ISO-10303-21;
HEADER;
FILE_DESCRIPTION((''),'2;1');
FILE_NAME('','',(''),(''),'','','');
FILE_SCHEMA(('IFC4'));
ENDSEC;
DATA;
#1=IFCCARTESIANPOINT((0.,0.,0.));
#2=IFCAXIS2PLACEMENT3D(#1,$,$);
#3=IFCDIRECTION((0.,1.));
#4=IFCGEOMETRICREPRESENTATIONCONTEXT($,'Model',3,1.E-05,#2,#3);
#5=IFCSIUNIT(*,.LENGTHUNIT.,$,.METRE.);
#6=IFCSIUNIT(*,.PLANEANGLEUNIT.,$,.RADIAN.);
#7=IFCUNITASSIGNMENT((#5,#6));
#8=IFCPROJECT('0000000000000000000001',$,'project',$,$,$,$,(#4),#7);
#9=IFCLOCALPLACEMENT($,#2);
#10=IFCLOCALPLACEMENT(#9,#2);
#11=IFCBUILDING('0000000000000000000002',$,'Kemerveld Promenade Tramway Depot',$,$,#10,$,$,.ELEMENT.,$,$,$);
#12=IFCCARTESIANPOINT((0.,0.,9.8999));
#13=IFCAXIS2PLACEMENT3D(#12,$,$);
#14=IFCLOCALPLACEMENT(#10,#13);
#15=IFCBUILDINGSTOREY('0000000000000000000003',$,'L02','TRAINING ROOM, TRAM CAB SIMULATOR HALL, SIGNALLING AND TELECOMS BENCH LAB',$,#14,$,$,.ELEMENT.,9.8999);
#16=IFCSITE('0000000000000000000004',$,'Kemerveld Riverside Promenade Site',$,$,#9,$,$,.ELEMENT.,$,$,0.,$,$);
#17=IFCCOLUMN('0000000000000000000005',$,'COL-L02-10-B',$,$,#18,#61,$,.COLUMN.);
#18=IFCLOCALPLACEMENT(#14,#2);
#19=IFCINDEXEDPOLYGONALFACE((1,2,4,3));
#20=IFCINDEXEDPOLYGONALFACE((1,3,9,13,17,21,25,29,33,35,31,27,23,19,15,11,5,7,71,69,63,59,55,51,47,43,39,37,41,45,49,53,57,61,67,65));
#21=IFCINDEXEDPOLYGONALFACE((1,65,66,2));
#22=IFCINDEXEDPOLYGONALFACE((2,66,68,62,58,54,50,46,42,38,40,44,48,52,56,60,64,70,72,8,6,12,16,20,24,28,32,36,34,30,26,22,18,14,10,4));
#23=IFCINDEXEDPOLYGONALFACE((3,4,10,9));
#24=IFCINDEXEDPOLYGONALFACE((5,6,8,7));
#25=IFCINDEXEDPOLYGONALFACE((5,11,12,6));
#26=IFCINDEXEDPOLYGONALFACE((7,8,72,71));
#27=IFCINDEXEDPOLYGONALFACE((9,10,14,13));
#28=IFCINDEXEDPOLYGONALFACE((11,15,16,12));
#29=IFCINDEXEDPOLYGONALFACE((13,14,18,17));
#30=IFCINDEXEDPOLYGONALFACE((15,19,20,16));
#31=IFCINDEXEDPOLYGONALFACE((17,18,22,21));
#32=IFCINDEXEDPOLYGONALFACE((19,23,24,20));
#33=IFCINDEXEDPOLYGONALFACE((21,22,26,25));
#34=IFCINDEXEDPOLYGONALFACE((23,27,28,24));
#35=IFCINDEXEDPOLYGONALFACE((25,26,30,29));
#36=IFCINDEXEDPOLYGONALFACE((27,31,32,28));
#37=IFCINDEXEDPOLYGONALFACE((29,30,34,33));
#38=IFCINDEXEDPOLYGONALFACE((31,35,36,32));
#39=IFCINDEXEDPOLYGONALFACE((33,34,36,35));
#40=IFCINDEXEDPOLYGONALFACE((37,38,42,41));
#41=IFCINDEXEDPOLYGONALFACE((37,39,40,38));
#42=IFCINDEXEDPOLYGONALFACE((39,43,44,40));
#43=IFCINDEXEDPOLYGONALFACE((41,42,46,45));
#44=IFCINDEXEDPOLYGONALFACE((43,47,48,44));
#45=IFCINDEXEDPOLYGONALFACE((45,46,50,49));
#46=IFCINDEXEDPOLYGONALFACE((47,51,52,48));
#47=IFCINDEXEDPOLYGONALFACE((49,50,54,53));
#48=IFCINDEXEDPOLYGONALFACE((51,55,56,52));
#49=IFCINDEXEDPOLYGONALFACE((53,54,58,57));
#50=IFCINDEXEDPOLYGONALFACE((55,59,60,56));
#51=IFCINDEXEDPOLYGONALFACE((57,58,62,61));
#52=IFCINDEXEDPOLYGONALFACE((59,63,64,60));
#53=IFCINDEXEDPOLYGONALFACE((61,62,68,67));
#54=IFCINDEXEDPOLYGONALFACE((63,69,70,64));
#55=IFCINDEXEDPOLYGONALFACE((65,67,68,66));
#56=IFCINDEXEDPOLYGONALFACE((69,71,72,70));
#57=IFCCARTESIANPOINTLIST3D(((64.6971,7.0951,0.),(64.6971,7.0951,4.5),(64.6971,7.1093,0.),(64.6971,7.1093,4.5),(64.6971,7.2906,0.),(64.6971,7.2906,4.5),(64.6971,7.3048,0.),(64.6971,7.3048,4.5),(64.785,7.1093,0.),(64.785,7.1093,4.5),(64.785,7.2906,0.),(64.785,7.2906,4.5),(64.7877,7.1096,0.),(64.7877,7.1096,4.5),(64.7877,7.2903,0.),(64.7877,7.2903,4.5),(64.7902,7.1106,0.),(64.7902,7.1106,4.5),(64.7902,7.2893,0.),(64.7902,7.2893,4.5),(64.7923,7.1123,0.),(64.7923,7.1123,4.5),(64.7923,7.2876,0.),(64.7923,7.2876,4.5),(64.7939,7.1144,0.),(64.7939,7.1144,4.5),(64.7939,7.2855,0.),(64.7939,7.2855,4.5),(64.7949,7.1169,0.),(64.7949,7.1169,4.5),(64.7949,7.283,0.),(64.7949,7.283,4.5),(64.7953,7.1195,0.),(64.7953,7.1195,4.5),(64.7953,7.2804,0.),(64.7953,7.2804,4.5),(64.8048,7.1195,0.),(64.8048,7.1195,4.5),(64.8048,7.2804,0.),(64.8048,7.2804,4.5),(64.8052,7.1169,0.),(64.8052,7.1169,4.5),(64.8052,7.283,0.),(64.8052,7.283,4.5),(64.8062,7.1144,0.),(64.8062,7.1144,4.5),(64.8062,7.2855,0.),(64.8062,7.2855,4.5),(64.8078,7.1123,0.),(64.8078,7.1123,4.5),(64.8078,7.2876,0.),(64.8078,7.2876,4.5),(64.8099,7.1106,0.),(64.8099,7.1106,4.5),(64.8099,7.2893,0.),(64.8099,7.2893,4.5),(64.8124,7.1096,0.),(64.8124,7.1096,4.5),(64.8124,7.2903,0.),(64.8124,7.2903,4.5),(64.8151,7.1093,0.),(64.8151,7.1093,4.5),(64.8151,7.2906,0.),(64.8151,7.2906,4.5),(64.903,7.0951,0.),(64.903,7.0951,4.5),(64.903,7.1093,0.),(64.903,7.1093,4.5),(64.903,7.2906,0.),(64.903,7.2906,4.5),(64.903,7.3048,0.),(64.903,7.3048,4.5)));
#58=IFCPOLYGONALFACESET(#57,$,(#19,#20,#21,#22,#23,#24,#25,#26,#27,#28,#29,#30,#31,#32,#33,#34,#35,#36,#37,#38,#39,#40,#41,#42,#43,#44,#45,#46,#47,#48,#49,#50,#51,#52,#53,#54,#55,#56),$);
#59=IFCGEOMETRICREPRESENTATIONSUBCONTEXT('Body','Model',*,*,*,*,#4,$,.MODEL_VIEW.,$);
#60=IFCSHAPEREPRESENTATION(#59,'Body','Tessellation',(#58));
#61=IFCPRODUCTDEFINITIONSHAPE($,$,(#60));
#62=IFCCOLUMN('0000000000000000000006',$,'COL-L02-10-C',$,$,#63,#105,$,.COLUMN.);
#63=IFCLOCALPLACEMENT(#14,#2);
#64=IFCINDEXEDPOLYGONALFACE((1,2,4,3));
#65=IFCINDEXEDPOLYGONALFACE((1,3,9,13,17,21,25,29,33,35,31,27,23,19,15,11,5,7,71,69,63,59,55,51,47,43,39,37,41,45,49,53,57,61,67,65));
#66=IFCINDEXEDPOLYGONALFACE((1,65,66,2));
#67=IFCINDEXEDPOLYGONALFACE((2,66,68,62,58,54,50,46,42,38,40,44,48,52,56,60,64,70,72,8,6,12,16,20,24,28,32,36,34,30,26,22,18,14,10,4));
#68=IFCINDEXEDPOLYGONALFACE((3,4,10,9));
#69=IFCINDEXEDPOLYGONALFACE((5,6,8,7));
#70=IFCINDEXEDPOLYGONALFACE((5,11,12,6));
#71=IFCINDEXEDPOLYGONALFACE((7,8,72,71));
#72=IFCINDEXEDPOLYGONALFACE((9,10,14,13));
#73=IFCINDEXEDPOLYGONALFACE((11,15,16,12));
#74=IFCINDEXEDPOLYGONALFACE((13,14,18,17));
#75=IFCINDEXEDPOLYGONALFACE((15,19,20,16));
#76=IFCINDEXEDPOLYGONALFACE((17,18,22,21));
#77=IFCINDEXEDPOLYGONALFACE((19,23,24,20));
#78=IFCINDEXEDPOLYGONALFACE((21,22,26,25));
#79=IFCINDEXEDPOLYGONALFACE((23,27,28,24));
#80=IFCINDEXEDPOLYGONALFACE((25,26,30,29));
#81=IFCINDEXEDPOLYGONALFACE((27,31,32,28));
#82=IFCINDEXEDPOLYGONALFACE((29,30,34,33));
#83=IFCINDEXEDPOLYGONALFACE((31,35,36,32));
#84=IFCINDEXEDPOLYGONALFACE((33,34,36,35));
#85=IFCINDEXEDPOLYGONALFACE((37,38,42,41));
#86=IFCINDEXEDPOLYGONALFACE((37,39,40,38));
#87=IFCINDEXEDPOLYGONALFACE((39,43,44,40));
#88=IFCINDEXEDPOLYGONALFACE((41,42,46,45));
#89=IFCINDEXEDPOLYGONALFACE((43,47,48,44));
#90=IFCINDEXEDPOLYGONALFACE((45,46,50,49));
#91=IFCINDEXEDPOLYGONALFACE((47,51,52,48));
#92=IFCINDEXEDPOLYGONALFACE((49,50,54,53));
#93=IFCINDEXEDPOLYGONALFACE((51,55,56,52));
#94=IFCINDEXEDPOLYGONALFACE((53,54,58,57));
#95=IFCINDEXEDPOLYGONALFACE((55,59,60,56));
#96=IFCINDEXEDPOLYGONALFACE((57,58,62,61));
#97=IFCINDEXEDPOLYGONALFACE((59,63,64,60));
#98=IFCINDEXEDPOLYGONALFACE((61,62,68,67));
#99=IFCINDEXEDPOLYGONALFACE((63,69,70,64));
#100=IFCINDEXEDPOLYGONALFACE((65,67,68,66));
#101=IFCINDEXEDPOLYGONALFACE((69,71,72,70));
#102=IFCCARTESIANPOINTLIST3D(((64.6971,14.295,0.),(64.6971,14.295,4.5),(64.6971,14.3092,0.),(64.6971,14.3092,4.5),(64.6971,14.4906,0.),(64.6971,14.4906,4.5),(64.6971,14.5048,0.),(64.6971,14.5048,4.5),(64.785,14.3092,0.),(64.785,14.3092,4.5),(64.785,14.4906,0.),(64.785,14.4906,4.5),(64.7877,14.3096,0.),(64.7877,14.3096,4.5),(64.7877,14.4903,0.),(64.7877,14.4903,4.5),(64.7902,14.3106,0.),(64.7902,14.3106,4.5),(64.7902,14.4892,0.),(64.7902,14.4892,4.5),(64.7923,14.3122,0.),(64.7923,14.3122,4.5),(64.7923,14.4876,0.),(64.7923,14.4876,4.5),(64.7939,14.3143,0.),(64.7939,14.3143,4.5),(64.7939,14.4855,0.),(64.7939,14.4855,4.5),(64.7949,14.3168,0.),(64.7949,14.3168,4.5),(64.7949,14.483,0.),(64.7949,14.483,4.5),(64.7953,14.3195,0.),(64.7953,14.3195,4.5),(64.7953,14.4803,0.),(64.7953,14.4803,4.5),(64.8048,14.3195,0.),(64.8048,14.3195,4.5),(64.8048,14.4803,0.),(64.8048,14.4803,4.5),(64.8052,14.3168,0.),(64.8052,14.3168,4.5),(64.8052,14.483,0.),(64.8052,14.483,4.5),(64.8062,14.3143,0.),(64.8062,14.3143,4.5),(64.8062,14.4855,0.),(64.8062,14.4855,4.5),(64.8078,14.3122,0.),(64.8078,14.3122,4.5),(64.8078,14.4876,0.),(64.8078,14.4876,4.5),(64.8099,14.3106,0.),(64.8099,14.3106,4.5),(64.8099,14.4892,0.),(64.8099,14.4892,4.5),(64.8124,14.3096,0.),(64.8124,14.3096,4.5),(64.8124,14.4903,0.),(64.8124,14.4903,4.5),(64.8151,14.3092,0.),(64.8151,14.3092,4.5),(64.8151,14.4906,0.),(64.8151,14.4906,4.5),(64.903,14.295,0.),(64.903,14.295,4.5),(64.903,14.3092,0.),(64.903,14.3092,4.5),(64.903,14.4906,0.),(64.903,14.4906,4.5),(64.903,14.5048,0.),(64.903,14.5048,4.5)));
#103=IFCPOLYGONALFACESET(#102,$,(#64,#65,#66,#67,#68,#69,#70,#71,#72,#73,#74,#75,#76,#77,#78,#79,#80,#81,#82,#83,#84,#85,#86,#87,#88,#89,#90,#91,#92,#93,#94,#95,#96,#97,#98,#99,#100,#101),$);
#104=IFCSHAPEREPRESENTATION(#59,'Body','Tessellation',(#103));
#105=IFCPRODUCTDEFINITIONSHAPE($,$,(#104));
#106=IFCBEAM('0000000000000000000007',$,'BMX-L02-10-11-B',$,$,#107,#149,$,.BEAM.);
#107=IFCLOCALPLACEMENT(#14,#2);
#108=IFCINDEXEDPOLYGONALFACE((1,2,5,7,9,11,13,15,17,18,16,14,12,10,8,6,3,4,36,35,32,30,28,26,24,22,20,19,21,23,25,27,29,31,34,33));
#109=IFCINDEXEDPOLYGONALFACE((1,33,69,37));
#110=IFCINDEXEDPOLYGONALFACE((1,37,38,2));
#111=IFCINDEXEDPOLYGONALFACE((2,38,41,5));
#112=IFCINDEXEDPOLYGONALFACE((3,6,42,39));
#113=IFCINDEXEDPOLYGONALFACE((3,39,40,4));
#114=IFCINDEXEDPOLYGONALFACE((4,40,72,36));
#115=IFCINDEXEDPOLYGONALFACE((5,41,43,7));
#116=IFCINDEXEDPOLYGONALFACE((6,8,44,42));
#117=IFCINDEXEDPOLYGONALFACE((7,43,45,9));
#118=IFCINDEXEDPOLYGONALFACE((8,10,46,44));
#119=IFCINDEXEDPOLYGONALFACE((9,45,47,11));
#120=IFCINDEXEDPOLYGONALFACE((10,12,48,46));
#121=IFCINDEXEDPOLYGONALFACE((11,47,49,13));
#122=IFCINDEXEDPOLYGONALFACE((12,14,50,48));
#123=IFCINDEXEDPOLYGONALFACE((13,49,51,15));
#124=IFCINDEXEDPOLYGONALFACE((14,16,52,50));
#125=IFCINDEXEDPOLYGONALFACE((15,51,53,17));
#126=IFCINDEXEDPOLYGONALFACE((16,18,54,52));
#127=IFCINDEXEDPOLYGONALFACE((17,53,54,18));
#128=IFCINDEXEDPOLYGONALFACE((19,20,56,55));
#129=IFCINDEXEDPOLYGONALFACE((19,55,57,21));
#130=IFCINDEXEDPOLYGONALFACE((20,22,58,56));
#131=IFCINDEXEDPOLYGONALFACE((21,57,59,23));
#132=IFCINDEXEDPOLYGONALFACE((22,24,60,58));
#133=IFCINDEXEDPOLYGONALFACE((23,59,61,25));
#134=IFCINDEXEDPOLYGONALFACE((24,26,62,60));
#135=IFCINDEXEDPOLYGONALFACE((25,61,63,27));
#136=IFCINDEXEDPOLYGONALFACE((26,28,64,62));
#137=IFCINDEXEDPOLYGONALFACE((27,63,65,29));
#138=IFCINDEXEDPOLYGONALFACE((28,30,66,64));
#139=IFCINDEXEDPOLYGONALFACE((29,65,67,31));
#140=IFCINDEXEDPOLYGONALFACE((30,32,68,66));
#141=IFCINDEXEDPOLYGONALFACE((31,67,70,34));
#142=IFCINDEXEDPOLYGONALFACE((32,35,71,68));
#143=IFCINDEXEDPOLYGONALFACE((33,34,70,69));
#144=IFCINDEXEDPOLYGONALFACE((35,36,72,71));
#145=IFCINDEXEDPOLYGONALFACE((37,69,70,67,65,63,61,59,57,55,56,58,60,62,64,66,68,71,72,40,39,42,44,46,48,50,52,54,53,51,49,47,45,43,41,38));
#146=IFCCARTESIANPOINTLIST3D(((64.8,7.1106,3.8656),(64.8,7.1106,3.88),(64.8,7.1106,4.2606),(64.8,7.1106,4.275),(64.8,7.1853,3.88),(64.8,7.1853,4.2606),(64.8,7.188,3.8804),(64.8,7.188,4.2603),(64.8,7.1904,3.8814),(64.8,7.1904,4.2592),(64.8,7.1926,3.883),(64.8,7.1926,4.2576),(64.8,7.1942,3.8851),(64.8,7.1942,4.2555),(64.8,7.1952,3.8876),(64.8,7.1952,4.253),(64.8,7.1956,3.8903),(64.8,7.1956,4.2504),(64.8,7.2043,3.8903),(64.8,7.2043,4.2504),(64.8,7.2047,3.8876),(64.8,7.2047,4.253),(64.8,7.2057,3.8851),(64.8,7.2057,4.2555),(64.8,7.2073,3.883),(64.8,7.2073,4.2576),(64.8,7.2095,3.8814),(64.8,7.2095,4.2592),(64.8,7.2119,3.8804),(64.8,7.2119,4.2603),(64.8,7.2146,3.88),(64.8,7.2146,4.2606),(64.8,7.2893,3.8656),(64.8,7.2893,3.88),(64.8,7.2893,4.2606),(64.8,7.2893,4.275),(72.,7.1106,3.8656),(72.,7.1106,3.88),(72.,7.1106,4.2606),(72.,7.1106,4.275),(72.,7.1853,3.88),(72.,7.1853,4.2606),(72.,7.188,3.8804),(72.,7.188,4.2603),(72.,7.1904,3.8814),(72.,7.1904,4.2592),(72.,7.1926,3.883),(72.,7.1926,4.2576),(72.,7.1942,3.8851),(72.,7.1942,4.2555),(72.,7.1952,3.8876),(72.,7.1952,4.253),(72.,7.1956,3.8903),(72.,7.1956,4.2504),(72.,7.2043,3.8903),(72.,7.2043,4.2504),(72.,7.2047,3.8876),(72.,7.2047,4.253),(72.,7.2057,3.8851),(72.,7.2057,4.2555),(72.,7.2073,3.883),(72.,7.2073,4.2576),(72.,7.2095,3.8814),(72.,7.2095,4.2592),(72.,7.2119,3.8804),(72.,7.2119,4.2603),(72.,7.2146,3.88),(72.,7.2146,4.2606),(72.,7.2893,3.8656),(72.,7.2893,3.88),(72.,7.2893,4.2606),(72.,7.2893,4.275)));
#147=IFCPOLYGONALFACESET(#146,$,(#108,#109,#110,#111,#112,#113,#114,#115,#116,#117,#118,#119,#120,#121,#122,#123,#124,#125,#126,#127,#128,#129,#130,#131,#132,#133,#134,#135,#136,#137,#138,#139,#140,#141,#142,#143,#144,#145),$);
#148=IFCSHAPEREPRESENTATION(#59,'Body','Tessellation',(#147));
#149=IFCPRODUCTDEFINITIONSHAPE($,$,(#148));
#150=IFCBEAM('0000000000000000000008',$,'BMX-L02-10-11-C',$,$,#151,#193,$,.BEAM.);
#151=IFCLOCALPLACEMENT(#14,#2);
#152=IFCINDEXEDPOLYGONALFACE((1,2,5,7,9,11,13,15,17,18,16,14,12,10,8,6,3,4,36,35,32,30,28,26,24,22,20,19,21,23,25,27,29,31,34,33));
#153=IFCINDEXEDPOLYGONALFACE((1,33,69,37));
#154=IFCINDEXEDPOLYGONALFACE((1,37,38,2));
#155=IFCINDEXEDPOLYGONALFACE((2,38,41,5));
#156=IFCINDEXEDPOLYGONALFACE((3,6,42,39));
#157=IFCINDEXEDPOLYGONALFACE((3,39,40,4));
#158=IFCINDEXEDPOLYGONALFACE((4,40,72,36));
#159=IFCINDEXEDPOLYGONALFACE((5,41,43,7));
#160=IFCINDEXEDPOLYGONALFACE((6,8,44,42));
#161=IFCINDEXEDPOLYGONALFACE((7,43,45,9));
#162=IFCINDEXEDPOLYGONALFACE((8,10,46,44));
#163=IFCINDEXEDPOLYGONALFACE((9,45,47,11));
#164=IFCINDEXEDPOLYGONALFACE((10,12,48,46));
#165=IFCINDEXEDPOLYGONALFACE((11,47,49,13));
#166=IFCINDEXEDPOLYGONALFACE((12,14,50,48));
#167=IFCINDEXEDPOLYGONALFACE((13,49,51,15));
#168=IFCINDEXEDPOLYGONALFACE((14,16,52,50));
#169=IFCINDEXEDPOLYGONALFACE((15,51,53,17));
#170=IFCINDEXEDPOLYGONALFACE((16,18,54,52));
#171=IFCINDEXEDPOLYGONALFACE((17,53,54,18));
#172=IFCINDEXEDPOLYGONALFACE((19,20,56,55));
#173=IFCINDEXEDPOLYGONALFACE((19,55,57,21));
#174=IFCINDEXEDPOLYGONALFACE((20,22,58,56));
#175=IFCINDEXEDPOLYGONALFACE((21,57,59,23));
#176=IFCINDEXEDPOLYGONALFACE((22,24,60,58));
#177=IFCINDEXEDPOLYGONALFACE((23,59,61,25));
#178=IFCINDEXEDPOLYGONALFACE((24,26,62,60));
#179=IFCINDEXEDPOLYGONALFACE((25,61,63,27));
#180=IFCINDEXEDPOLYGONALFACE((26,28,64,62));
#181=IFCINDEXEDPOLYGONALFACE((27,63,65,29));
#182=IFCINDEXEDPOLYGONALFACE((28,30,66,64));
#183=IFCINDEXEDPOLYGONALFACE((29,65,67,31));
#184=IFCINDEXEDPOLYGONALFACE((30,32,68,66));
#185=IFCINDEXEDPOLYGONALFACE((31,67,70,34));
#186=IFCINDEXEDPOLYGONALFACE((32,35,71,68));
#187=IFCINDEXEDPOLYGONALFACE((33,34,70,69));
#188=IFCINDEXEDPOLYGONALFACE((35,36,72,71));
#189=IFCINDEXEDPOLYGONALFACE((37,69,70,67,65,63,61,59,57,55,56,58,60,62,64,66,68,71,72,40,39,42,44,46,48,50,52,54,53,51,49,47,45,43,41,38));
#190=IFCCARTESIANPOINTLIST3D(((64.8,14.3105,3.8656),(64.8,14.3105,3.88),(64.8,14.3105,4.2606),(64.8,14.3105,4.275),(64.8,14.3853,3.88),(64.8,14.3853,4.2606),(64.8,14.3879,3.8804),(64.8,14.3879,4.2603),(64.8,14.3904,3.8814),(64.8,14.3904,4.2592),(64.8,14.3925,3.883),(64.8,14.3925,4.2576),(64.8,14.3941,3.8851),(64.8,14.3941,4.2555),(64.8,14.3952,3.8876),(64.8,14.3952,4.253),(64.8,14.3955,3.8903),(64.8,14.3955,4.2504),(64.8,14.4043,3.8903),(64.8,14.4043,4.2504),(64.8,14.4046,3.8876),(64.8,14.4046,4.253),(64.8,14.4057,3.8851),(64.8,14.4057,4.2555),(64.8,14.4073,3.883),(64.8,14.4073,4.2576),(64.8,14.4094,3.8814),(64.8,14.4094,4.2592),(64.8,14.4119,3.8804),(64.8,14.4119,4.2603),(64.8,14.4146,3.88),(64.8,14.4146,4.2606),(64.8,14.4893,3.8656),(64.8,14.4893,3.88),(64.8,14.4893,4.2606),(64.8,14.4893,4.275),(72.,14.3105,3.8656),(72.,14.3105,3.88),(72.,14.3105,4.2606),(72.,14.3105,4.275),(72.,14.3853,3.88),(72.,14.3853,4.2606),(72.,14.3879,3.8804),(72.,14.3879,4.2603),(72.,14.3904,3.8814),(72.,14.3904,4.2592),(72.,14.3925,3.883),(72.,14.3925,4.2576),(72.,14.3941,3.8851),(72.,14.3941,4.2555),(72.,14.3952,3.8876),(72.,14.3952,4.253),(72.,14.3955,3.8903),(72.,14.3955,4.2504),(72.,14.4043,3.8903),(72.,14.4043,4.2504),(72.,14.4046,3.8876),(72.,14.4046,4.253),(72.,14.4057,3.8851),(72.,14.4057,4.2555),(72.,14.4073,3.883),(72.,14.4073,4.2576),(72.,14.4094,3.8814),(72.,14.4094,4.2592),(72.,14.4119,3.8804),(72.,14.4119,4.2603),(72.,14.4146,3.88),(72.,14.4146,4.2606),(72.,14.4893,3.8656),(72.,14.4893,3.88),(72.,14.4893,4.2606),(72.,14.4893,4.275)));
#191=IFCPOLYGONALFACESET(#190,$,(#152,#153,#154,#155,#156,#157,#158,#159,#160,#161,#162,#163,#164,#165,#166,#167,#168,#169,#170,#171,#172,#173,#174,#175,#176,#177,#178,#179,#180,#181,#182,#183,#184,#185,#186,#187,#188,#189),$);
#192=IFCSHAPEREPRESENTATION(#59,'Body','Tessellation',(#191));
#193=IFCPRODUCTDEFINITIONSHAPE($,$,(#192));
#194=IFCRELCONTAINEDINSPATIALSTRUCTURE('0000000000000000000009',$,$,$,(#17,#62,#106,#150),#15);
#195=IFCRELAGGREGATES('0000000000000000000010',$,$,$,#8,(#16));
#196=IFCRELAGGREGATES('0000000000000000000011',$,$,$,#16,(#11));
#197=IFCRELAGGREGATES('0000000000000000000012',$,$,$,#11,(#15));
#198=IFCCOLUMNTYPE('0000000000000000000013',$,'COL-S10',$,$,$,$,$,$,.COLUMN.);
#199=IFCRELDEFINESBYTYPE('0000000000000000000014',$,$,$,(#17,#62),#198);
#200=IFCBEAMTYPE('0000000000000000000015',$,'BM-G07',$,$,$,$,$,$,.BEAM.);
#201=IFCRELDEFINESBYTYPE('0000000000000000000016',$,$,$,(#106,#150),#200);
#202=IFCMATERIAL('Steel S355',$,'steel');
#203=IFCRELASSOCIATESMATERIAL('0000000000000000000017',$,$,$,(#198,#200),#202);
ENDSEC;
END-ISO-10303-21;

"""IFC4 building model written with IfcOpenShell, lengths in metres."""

from ifc_helpers import new_model, si_unit, direction, frame, origin, origin_2d, place, context, subcontext, project, spatial, i_section, extrude, material, material_profile, profile_set, type_object, element, save


model = new_model("IFC4")

# Units and contexts
model_context = context("Model", 3, precision=1e-05, world=origin(), true_north=direction((0.0, 1.0)))
body_context = subcontext(model_context, "Body", "Model", "MODEL_VIEW")
ifc_project = project(units=[si_unit("LENGTHUNIT", "METRE"), si_unit("PLANEANGLEUNIT", "RADIAN")], contexts=[model_context])

# Site, building, storey
site_placement = place(None, origin())
site = spatial("IfcSite", under=ifc_project, at=site_placement, Name="Kemerveld Riverside Promenade Site", CompositionType="ELEMENT", RefElevation=0.0)
building_placement = place(site_placement, origin())
building = spatial("IfcBuilding", under=site, at=building_placement, Name="Kemerveld Promenade Tramway Depot", CompositionType="ELEMENT")
storey_placement = place(building_placement, frame((0.0, 0.0, 9.8999)))
storey = spatial("IfcBuildingStorey", under=building, at=storey_placement, Name="L02", Description="TRAINING ROOM, TRAM CAB SIMULATOR HALL, SIGNALLING AND TELECOMS BENCH LAB", CompositionType="ELEMENT", Elevation=9.8999)

# Columns
ifc_material_1 = material(Name="Steel S355", Category="steel")
ifc_material_profile_1 = material_profile(ifc_material_1, i_section(OverallWidth=0.2058, OverallDepth=0.2097, WebThickness=0.0095, FlangeThickness=0.0142, FilletRadius=0.0103, at=origin_2d()), Name="203x203x60 UC")
ifc_profile_set_1 = profile_set([ifc_material_profile_1], Name="Steel S355")
column_type = type_object("IfcColumnType", Name="COL-S10", PredefinedType="COLUMN", material=ifc_profile_set_1)
for number, where, z_axis, x_axis, name in (
    (1, (64.8, 7.2, 0.0), (0.0, 0.0, 1.0), (1.0, 0.0, 0.0), "COL-L02-10-B"),
    (2, (64.8, 14.3999, 0.0), (0.0, 0.0, 1.0), (1.0, 0.0, 0.0), "COL-L02-10-C"),
):
    element("IfcColumn", number, at=place(storey_placement, frame(where, z_axis=z_axis, x_axis=x_axis)), inside=storey, type_object=column_type, Name=name, PredefinedType="COLUMN", context=body_context, shape_type="SweptSolid", body=[
        extrude(i_section(OverallWidth=0.2058, OverallDepth=0.2097, WebThickness=0.0095, FlangeThickness=0.0142, FilletRadius=0.0103, at=origin_2d()), origin(), (0.0, 0.0, 1.0), 4.5),
    ])

# Beams
ifc_material_profile_2 = material_profile(ifc_material_1, i_section(OverallWidth=0.1787, OverallDepth=0.4094, WebThickness=0.0088, FlangeThickness=0.0144, FilletRadius=0.0103, at=origin_2d()), Name="406x178x67 UB")
ifc_profile_set_2 = profile_set([ifc_material_profile_2], Name="Steel S355")
beam_type_1 = type_object("IfcBeamType", Name="BM-G07", PredefinedType="BEAM", material=ifc_profile_set_2)
for number, where, z_axis, x_axis, name in (
    (3, (64.8, 7.2, 4.0703), (1.0, 0.0, 0.0), (0.0, 1.0, 0.0), "BMX-L02-10-11-B"),
    (4, (64.8, 14.3999, 4.0703), (1.0, 0.0, 0.0), (0.0, 1.0, 0.0), "BMX-L02-10-11-C"),
):
    element("IfcBeam", number, at=place(storey_placement, frame(where, z_axis=z_axis, x_axis=x_axis)), inside=storey, type_object=beam_type_1, Name=name, PredefinedType="BEAM", context=body_context, shape_type="SweptSolid", body=[
        extrude(i_section(OverallWidth=0.1787, OverallDepth=0.4094, WebThickness=0.0088, FlangeThickness=0.0144, FilletRadius=0.0103, at=origin_2d()), origin(), (0.0, 0.0, 1.0), 7.2),
    ])

save(model, "model.ifc")
